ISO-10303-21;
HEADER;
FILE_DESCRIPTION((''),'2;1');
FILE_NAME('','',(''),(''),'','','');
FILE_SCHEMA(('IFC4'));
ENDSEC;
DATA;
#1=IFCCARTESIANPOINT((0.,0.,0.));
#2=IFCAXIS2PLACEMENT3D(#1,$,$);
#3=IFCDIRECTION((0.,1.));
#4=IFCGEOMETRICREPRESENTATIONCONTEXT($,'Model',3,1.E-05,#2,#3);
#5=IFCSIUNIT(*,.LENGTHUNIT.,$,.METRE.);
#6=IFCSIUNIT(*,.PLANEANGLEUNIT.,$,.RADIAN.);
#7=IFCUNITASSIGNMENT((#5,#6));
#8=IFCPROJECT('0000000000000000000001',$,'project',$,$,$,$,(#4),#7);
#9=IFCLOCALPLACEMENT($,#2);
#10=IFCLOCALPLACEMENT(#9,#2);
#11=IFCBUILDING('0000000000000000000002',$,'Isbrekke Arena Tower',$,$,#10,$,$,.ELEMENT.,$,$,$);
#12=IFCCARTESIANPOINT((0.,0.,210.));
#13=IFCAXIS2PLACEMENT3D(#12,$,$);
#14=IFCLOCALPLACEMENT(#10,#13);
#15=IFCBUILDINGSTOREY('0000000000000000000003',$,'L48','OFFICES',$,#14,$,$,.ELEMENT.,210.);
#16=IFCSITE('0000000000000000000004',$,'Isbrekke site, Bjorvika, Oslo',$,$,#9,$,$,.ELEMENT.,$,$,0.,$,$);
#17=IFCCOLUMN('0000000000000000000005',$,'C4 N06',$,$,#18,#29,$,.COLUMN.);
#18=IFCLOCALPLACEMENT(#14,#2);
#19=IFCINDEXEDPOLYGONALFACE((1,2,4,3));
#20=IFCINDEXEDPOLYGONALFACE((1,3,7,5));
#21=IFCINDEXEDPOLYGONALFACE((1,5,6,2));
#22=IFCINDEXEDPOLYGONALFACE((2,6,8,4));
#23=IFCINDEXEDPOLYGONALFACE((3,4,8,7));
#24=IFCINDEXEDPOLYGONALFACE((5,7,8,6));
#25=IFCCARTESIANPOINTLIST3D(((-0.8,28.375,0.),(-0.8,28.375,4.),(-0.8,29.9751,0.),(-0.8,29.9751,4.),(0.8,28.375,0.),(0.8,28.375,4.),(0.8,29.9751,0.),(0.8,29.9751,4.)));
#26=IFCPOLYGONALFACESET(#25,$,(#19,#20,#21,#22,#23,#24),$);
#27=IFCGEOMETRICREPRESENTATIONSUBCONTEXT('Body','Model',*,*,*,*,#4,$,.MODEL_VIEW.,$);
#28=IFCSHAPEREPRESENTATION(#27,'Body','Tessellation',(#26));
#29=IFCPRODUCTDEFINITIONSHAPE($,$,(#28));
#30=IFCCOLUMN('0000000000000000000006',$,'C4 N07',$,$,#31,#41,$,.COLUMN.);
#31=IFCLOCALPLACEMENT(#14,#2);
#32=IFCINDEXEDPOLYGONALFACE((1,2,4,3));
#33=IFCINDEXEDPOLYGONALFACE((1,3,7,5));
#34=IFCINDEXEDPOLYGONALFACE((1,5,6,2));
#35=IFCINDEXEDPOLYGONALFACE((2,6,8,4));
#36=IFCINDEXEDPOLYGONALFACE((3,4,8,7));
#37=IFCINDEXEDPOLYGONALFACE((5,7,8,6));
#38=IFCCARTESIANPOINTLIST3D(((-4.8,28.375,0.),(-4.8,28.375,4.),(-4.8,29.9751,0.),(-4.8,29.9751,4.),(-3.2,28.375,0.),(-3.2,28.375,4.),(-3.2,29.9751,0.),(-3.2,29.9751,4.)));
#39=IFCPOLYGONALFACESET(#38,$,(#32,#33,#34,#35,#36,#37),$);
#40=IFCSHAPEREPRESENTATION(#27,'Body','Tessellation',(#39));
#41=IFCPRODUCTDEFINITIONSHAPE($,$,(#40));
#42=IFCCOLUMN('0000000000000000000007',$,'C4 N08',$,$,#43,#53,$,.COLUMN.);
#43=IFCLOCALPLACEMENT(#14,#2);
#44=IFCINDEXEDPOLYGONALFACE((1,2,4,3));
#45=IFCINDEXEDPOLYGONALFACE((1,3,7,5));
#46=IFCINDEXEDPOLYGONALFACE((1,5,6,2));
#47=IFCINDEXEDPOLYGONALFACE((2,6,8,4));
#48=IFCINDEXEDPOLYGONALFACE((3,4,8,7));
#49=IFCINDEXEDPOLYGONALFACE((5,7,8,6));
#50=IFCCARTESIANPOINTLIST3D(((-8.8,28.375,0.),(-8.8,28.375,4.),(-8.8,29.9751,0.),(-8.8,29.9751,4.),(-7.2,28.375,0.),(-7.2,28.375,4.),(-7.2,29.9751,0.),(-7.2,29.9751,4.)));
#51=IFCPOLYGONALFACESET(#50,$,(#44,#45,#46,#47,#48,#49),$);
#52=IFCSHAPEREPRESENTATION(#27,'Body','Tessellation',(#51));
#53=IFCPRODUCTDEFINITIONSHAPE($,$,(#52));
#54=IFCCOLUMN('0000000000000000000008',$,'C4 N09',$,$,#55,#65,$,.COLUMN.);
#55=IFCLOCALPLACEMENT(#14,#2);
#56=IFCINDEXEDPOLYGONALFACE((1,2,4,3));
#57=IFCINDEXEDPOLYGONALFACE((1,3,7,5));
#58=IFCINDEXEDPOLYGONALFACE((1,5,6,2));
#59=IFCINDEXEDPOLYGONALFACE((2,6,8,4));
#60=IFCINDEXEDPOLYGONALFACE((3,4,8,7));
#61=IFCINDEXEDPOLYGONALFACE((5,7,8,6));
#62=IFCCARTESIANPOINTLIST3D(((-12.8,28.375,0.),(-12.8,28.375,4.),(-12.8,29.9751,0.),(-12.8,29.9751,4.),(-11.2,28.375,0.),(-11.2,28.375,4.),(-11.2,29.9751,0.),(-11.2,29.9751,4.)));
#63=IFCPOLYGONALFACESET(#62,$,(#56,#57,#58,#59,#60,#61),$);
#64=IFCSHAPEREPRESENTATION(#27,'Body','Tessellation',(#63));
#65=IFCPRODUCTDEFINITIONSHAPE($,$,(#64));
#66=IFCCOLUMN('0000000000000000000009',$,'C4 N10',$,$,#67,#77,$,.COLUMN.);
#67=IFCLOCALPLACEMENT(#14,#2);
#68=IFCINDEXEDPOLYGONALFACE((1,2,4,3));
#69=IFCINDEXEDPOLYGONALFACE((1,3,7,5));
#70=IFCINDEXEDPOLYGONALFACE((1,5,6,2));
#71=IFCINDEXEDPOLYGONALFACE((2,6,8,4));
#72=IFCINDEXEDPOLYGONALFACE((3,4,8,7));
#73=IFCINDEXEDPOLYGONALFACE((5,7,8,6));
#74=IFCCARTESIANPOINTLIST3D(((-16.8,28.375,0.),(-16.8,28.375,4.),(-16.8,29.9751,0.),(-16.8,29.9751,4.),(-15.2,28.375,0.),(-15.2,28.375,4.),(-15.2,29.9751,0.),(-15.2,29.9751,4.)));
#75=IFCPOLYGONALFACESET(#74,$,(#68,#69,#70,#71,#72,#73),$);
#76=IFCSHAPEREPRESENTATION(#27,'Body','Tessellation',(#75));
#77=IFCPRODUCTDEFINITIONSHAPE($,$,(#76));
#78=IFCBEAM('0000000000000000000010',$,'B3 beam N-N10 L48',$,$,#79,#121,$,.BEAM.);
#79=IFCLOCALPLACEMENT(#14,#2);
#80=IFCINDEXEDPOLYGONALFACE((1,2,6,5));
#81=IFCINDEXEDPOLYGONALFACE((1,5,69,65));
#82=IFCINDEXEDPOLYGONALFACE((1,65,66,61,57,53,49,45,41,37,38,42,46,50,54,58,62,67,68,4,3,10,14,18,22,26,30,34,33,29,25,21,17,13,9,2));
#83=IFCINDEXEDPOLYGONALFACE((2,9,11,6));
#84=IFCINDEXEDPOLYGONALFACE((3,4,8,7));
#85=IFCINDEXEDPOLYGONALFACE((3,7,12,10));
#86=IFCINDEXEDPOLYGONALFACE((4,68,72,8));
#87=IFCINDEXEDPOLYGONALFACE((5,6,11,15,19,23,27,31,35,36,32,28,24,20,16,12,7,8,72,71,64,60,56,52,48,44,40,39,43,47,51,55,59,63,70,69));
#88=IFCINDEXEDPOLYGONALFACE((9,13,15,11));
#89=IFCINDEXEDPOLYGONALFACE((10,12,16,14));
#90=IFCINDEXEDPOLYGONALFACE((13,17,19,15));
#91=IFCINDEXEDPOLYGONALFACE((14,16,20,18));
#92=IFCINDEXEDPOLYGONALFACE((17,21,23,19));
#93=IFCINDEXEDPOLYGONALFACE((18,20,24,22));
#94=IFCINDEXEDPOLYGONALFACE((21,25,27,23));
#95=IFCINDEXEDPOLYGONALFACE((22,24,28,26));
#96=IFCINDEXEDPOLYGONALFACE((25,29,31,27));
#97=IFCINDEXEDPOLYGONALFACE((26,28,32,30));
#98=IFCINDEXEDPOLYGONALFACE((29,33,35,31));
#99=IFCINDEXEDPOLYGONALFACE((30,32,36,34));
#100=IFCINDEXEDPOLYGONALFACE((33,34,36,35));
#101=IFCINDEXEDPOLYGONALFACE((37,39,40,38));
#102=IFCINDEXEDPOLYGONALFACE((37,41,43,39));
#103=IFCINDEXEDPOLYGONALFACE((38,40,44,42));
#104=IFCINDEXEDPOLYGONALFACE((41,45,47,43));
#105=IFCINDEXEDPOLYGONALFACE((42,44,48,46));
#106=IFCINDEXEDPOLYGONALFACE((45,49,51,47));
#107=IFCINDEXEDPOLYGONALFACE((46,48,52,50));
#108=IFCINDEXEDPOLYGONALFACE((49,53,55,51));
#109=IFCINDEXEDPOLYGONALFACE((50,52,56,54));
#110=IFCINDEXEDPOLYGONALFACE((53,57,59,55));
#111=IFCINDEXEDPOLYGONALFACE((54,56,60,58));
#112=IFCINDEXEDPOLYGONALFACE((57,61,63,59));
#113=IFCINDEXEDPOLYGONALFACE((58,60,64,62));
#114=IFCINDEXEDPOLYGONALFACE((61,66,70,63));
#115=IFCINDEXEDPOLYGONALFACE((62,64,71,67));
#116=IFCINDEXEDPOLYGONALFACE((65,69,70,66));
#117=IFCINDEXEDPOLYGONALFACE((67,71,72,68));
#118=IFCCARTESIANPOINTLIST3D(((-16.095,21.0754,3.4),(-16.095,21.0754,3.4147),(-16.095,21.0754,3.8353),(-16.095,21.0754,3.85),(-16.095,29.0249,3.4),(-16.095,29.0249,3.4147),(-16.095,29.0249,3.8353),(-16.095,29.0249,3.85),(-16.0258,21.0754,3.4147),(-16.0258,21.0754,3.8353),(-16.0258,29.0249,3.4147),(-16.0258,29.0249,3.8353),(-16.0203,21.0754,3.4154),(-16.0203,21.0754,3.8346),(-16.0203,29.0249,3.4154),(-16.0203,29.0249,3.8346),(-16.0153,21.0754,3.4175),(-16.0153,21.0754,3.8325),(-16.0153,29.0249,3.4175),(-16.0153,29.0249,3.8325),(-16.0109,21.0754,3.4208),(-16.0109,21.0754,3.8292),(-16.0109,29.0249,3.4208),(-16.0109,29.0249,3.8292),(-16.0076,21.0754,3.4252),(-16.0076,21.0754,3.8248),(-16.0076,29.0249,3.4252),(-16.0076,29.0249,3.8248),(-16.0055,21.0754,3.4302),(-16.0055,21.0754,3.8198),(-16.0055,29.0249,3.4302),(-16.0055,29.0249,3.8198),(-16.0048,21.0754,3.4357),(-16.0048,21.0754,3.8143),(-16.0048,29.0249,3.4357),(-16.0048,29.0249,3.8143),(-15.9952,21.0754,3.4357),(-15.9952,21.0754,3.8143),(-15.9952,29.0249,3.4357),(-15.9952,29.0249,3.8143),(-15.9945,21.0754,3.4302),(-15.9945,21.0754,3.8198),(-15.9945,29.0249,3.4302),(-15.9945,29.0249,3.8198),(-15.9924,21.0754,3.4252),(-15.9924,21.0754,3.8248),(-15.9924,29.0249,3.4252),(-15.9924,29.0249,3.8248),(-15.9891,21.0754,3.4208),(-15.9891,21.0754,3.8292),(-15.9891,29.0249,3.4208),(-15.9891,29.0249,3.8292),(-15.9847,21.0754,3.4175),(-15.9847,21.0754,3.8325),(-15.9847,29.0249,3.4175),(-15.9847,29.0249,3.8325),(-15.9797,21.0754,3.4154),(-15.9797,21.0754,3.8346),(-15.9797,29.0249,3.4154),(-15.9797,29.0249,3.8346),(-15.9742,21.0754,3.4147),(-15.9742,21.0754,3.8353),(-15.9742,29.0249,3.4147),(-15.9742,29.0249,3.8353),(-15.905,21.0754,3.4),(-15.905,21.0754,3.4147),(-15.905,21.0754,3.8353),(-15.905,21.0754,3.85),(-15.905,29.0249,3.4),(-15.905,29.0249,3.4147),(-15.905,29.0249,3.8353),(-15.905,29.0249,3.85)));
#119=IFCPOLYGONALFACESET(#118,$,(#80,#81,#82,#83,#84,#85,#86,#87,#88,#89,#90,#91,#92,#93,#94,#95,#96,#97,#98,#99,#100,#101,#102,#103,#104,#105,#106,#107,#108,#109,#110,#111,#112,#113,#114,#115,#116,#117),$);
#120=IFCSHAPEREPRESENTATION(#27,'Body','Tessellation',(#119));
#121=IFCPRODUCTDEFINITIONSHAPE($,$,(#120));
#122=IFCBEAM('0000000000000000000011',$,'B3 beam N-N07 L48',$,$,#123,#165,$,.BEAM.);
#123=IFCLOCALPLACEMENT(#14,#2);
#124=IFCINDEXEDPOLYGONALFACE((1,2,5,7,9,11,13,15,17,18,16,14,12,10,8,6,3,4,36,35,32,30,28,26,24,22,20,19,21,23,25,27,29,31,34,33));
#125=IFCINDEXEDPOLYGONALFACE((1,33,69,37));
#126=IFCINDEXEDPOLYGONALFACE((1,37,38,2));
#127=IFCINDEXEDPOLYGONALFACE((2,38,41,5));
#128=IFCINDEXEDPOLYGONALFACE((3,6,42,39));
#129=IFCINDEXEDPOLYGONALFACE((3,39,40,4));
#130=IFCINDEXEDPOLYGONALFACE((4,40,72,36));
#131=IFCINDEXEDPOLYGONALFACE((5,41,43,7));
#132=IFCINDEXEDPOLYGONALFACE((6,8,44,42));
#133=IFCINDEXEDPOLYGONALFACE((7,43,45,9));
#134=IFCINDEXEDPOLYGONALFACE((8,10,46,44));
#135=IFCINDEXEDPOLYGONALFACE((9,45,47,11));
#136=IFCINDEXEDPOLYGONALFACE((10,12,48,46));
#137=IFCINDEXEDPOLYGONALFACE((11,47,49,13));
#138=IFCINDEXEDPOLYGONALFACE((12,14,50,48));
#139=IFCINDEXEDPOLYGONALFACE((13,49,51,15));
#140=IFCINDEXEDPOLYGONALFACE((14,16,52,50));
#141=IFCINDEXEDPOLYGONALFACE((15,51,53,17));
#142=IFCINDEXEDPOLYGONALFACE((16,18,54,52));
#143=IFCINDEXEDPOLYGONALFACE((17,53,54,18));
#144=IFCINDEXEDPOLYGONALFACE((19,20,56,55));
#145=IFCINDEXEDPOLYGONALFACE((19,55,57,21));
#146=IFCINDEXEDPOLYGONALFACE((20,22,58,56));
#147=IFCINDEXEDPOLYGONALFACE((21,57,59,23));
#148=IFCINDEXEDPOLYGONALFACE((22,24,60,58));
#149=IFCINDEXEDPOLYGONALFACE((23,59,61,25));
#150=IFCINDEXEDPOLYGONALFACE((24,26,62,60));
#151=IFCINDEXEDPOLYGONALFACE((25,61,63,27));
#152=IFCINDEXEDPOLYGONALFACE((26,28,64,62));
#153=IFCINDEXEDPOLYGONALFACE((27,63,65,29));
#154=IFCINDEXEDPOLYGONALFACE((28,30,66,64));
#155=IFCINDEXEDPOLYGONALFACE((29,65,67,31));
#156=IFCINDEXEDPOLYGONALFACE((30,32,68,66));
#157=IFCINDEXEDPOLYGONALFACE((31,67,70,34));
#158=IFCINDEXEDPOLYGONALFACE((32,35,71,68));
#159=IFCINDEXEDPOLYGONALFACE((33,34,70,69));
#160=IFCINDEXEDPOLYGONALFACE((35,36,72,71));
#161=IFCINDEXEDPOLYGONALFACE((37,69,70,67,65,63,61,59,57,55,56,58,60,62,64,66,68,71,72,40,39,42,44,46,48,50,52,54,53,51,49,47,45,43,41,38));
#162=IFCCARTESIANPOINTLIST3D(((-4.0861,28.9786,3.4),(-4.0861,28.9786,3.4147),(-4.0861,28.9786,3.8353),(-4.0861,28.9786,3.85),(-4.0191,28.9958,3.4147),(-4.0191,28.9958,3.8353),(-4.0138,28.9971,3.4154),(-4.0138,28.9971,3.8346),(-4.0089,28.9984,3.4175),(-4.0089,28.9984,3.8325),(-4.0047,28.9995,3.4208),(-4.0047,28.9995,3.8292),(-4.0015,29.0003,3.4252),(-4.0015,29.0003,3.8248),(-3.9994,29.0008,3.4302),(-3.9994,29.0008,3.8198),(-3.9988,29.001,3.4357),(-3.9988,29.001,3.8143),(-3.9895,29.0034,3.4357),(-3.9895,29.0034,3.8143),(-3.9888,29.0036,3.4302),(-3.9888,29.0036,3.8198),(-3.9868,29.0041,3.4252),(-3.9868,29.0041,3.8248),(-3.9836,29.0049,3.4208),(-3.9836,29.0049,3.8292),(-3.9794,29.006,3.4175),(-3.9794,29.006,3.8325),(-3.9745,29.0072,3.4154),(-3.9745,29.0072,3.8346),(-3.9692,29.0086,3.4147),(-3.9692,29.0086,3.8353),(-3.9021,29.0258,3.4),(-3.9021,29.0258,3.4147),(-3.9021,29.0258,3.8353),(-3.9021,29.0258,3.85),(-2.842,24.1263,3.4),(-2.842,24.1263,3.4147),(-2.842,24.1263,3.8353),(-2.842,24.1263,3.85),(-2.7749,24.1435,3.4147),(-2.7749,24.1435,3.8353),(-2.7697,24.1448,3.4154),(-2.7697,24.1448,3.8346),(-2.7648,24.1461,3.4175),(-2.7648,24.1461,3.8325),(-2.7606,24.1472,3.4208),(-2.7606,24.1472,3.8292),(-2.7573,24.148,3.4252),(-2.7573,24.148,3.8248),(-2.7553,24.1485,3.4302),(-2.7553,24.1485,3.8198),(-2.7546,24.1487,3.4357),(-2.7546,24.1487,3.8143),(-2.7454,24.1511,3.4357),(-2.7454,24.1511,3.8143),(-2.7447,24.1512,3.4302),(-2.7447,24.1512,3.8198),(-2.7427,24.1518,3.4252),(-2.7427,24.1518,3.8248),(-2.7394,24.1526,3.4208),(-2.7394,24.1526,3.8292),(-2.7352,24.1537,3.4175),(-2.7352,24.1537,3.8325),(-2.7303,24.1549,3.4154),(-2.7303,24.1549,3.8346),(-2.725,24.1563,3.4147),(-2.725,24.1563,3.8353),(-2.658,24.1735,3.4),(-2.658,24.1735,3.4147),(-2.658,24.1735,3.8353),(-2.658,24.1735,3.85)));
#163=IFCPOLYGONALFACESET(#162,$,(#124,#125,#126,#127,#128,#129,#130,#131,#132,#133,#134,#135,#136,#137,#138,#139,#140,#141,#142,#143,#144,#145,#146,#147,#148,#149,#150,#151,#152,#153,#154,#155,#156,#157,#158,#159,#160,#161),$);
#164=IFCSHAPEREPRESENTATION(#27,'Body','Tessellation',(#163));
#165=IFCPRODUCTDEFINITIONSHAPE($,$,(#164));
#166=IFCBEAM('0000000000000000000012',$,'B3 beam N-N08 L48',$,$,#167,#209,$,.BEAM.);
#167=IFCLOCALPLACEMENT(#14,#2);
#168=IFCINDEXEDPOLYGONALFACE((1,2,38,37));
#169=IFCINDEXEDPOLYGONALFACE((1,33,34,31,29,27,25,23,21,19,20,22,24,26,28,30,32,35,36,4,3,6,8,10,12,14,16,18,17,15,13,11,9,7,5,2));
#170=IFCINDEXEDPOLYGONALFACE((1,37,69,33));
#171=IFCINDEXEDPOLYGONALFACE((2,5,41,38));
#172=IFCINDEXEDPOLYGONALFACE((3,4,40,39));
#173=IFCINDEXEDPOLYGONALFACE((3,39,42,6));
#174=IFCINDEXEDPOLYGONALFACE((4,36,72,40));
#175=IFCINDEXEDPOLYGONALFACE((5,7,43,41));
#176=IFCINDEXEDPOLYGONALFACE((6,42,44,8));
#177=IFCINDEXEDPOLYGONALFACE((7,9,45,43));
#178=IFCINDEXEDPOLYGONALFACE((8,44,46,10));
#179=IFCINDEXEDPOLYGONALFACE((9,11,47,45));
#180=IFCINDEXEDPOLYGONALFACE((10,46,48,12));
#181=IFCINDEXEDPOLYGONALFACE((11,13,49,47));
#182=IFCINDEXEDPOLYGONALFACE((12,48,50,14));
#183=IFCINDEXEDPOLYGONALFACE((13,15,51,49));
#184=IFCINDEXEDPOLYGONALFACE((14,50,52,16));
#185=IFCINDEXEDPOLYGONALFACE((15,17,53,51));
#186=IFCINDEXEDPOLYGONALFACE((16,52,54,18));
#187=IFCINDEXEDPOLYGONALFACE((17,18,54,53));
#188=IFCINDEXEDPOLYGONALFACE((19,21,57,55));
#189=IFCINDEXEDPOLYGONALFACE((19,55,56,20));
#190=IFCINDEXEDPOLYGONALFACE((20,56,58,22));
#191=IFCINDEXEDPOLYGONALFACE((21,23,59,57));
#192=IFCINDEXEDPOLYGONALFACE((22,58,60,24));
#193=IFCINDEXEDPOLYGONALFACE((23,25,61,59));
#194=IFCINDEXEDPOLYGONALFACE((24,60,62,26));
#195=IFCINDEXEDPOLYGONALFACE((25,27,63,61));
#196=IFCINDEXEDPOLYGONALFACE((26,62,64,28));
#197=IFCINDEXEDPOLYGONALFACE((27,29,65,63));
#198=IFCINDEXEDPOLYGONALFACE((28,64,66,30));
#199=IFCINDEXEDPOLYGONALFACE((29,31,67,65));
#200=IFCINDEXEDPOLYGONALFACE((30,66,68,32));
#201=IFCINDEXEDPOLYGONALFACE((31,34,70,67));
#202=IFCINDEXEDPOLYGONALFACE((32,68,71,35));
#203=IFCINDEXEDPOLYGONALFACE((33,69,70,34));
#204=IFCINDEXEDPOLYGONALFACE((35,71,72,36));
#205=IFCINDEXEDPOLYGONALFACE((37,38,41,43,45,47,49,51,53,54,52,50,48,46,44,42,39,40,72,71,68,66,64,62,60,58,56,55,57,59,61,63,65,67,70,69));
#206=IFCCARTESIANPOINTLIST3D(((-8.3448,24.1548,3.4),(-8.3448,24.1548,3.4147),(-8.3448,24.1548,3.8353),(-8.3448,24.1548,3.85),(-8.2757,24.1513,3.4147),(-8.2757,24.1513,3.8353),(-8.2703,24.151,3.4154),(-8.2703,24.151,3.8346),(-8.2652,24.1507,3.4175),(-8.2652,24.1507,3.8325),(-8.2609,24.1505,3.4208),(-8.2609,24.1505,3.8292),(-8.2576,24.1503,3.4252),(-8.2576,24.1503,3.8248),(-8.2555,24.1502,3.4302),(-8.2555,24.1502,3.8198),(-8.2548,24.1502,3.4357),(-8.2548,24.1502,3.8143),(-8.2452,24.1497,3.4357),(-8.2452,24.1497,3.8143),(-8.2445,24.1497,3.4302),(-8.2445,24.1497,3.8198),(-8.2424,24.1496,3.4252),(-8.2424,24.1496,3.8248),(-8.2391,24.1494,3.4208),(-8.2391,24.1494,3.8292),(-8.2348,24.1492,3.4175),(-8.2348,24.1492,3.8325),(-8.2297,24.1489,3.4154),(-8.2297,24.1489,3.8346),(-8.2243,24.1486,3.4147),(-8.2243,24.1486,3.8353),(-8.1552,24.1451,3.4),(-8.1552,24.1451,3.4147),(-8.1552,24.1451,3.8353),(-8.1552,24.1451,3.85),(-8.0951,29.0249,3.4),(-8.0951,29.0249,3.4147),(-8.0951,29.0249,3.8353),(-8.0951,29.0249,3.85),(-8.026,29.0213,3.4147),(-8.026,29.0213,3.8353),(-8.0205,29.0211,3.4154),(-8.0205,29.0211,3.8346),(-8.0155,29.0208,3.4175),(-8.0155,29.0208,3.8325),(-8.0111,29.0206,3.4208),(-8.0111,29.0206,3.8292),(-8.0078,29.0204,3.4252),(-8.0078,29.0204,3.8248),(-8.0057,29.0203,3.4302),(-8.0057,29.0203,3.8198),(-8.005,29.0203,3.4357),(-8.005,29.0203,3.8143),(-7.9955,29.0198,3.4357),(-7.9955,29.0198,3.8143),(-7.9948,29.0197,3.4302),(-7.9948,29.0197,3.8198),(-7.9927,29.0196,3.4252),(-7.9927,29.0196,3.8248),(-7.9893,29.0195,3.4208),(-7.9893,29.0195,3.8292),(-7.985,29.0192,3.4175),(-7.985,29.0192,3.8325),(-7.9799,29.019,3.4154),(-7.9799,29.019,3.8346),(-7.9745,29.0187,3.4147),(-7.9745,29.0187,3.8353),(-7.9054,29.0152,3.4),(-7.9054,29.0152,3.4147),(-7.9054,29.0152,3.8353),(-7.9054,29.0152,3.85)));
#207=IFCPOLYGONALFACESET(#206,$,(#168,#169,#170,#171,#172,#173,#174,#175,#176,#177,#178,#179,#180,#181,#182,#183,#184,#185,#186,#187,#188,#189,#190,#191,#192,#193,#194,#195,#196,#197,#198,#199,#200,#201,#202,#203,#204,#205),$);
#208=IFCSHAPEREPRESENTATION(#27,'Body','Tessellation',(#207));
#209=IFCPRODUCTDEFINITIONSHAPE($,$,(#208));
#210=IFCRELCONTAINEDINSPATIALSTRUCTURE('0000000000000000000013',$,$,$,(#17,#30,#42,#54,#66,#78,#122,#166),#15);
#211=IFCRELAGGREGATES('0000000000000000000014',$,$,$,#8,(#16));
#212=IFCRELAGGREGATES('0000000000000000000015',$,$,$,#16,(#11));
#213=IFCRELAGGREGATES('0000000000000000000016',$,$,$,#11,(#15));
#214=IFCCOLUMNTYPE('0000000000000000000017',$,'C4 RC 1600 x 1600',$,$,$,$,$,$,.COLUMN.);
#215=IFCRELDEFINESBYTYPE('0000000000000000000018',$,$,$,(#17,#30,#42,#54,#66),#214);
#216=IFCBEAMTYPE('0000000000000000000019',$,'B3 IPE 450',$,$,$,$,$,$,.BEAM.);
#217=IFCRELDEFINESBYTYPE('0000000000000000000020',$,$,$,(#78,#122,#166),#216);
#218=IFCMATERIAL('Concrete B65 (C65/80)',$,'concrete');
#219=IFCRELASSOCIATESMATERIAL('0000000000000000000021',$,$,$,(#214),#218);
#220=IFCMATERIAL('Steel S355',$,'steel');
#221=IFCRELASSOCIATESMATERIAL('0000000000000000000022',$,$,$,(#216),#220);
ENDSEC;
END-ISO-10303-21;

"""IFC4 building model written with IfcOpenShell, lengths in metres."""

from ifc_helpers import new_model, si_unit, direction, frame, origin, origin_2d, place, context, subcontext, project, spatial, rectangle, i_section, extrude, material, material_profile, profile_set, type_object, element, save


model = new_model("IFC4")

# Units and contexts
model_context = context("Model", 3, precision=1e-05, world=origin(), true_north=direction((0.0, 1.0)))
body_context = subcontext(model_context, "Body", "Model", "MODEL_VIEW")
ifc_project = project(units=[si_unit("LENGTHUNIT", "METRE"), si_unit("PLANEANGLEUNIT", "RADIAN")], contexts=[model_context])

# Site, building, storey
site_placement = place(None, origin())
site = spatial("IfcSite", under=ifc_project, at=site_placement, Name="Isbrekke site, Bjorvika, Oslo", CompositionType="ELEMENT", RefElevation=0.0)
building_placement = place(site_placement, origin())
building = spatial("IfcBuilding", under=site, at=building_placement, Name="Isbrekke Arena Tower", CompositionType="ELEMENT")
storey_placement = place(building_placement, frame((0.0, 0.0, 210.0)))
storey = spatial("IfcBuildingStorey", under=building, at=storey_placement, Name="L48", Description="OFFICES", CompositionType="ELEMENT", Elevation=210.0)

# Columns
ifc_material_1 = material(Name="Concrete B65 (C65/80)", Category="concrete")
ifc_material_profile_1 = material_profile(ifc_material_1, rectangle(XDim=1.6001, YDim=1.6001, at=origin_2d()), Name="RC 1600x1600")
ifc_profile_set_1 = profile_set([ifc_material_profile_1], Name="Concrete B65 (C65/80)")
column_type = type_object("IfcColumnType", Name="C4 RC 1600 x 1600", PredefinedType="COLUMN", material=ifc_profile_set_1)
for number, where, z_axis, x_axis, name in (
    (1, (0.0, 29.175, 0.0), (0.0, 0.0, 1.0), (-1.0, 0.0, 0.0), "C4 N06"),
    (2, (-4.0, 29.175, 0.0), (0.0, 0.0, 1.0), (-1.0, 0.0, 0.0), "C4 N07"),
    (3, (-8.0, 29.175, 0.0), (0.0, 0.0, 1.0), (-1.0, 0.0, 0.0), "C4 N08"),
    (4, (-12.0, 29.175, 0.0), (0.0, 0.0, 1.0), (-1.0, 0.0, 0.0), "C4 N09"),
    (5, (-16.0, 29.175, 0.0), (0.0, 0.0, 1.0), (-1.0, 0.0, 0.0), "C4 N10"),
):
    element("IfcColumn", number, at=place(storey_placement, frame(where, z_axis=z_axis, x_axis=x_axis)), inside=storey, type_object=column_type, Name=name, PredefinedType="COLUMN", context=body_context, shape_type="SweptSolid", body=[
        extrude(rectangle(XDim=1.6001, YDim=1.6001, at=origin_2d()), origin(), (0.0, 0.0, 1.0), 4.0),
    ])

# Beams
ifc_material_2 = material(Name="Steel S355", Category="steel")
ifc_material_profile_2 = material_profile(ifc_material_2, i_section(OverallWidth=0.1899, OverallDepth=0.45, WebThickness=0.0095, FlangeThickness=0.0146, FilletRadius=0.021, at=origin_2d()), Name="IPE 450")
ifc_profile_set_2 = profile_set([ifc_material_profile_2], Name="Steel S355")
beam_type_1 = type_object("IfcBeamType", Name="B3 IPE 450", PredefinedType="BEAM", material=ifc_profile_set_2)
beam_1_placement = place(storey_placement, frame((-16.0, 29.0249, 3.625), z_axis=(0.0, -1.0, 0.0), x_axis=(1.0, 0.0, 0.0)))
element("IfcBeam", 6, at=beam_1_placement, inside=storey, type_object=beam_type_1, Name="B3 beam N-N10 L48", PredefinedType="BEAM", context=body_context, shape_type="SweptSolid", body=[
    extrude(i_section(OverallWidth=0.1899, OverallDepth=0.45, WebThickness=0.0095, FlangeThickness=0.0146, FilletRadius=0.021, at=origin_2d()), origin(), (0.0, 0.0, 1.0), 7.9495),
])
beam_2_placement = place(storey_placement, frame((-3.9941, 29.0022, 3.625), z_axis=(0.248368, -0.968666, 0.0), x_axis=(0.968666, 0.248368, 0.0)))
element("IfcBeam", 7, at=beam_2_placement, inside=storey, type_object=beam_type_1, Name="B3 beam N-N07 L48", PredefinedType="BEAM", context=body_context, shape_type="SweptSolid", body=[
    extrude(i_section(OverallWidth=0.1899, OverallDepth=0.45, WebThickness=0.0095, FlangeThickness=0.0146, FilletRadius=0.021, at=origin_2d()), origin(), (0.0, 0.0, 1.0), 5.0093),
])
beam_3_placement = place(storey_placement, frame((-8.0002, 29.02, 3.625), z_axis=(-0.051216, -0.998688, 0.0), x_axis=(0.998688, -0.051216, 0.0)))
element("IfcBeam", 8, at=beam_3_placement, inside=storey, type_object=beam_type_1, Name="B3 beam N-N08 L48", PredefinedType="BEAM", context=body_context, shape_type="SweptSolid", body=[
    extrude(i_section(OverallWidth=0.1899, OverallDepth=0.45, WebThickness=0.0095, FlangeThickness=0.0146, FilletRadius=0.021, at=origin_2d()), origin(), (0.0, 0.0, 1.0), 4.8765),
])

save(model, "model.ifc")
